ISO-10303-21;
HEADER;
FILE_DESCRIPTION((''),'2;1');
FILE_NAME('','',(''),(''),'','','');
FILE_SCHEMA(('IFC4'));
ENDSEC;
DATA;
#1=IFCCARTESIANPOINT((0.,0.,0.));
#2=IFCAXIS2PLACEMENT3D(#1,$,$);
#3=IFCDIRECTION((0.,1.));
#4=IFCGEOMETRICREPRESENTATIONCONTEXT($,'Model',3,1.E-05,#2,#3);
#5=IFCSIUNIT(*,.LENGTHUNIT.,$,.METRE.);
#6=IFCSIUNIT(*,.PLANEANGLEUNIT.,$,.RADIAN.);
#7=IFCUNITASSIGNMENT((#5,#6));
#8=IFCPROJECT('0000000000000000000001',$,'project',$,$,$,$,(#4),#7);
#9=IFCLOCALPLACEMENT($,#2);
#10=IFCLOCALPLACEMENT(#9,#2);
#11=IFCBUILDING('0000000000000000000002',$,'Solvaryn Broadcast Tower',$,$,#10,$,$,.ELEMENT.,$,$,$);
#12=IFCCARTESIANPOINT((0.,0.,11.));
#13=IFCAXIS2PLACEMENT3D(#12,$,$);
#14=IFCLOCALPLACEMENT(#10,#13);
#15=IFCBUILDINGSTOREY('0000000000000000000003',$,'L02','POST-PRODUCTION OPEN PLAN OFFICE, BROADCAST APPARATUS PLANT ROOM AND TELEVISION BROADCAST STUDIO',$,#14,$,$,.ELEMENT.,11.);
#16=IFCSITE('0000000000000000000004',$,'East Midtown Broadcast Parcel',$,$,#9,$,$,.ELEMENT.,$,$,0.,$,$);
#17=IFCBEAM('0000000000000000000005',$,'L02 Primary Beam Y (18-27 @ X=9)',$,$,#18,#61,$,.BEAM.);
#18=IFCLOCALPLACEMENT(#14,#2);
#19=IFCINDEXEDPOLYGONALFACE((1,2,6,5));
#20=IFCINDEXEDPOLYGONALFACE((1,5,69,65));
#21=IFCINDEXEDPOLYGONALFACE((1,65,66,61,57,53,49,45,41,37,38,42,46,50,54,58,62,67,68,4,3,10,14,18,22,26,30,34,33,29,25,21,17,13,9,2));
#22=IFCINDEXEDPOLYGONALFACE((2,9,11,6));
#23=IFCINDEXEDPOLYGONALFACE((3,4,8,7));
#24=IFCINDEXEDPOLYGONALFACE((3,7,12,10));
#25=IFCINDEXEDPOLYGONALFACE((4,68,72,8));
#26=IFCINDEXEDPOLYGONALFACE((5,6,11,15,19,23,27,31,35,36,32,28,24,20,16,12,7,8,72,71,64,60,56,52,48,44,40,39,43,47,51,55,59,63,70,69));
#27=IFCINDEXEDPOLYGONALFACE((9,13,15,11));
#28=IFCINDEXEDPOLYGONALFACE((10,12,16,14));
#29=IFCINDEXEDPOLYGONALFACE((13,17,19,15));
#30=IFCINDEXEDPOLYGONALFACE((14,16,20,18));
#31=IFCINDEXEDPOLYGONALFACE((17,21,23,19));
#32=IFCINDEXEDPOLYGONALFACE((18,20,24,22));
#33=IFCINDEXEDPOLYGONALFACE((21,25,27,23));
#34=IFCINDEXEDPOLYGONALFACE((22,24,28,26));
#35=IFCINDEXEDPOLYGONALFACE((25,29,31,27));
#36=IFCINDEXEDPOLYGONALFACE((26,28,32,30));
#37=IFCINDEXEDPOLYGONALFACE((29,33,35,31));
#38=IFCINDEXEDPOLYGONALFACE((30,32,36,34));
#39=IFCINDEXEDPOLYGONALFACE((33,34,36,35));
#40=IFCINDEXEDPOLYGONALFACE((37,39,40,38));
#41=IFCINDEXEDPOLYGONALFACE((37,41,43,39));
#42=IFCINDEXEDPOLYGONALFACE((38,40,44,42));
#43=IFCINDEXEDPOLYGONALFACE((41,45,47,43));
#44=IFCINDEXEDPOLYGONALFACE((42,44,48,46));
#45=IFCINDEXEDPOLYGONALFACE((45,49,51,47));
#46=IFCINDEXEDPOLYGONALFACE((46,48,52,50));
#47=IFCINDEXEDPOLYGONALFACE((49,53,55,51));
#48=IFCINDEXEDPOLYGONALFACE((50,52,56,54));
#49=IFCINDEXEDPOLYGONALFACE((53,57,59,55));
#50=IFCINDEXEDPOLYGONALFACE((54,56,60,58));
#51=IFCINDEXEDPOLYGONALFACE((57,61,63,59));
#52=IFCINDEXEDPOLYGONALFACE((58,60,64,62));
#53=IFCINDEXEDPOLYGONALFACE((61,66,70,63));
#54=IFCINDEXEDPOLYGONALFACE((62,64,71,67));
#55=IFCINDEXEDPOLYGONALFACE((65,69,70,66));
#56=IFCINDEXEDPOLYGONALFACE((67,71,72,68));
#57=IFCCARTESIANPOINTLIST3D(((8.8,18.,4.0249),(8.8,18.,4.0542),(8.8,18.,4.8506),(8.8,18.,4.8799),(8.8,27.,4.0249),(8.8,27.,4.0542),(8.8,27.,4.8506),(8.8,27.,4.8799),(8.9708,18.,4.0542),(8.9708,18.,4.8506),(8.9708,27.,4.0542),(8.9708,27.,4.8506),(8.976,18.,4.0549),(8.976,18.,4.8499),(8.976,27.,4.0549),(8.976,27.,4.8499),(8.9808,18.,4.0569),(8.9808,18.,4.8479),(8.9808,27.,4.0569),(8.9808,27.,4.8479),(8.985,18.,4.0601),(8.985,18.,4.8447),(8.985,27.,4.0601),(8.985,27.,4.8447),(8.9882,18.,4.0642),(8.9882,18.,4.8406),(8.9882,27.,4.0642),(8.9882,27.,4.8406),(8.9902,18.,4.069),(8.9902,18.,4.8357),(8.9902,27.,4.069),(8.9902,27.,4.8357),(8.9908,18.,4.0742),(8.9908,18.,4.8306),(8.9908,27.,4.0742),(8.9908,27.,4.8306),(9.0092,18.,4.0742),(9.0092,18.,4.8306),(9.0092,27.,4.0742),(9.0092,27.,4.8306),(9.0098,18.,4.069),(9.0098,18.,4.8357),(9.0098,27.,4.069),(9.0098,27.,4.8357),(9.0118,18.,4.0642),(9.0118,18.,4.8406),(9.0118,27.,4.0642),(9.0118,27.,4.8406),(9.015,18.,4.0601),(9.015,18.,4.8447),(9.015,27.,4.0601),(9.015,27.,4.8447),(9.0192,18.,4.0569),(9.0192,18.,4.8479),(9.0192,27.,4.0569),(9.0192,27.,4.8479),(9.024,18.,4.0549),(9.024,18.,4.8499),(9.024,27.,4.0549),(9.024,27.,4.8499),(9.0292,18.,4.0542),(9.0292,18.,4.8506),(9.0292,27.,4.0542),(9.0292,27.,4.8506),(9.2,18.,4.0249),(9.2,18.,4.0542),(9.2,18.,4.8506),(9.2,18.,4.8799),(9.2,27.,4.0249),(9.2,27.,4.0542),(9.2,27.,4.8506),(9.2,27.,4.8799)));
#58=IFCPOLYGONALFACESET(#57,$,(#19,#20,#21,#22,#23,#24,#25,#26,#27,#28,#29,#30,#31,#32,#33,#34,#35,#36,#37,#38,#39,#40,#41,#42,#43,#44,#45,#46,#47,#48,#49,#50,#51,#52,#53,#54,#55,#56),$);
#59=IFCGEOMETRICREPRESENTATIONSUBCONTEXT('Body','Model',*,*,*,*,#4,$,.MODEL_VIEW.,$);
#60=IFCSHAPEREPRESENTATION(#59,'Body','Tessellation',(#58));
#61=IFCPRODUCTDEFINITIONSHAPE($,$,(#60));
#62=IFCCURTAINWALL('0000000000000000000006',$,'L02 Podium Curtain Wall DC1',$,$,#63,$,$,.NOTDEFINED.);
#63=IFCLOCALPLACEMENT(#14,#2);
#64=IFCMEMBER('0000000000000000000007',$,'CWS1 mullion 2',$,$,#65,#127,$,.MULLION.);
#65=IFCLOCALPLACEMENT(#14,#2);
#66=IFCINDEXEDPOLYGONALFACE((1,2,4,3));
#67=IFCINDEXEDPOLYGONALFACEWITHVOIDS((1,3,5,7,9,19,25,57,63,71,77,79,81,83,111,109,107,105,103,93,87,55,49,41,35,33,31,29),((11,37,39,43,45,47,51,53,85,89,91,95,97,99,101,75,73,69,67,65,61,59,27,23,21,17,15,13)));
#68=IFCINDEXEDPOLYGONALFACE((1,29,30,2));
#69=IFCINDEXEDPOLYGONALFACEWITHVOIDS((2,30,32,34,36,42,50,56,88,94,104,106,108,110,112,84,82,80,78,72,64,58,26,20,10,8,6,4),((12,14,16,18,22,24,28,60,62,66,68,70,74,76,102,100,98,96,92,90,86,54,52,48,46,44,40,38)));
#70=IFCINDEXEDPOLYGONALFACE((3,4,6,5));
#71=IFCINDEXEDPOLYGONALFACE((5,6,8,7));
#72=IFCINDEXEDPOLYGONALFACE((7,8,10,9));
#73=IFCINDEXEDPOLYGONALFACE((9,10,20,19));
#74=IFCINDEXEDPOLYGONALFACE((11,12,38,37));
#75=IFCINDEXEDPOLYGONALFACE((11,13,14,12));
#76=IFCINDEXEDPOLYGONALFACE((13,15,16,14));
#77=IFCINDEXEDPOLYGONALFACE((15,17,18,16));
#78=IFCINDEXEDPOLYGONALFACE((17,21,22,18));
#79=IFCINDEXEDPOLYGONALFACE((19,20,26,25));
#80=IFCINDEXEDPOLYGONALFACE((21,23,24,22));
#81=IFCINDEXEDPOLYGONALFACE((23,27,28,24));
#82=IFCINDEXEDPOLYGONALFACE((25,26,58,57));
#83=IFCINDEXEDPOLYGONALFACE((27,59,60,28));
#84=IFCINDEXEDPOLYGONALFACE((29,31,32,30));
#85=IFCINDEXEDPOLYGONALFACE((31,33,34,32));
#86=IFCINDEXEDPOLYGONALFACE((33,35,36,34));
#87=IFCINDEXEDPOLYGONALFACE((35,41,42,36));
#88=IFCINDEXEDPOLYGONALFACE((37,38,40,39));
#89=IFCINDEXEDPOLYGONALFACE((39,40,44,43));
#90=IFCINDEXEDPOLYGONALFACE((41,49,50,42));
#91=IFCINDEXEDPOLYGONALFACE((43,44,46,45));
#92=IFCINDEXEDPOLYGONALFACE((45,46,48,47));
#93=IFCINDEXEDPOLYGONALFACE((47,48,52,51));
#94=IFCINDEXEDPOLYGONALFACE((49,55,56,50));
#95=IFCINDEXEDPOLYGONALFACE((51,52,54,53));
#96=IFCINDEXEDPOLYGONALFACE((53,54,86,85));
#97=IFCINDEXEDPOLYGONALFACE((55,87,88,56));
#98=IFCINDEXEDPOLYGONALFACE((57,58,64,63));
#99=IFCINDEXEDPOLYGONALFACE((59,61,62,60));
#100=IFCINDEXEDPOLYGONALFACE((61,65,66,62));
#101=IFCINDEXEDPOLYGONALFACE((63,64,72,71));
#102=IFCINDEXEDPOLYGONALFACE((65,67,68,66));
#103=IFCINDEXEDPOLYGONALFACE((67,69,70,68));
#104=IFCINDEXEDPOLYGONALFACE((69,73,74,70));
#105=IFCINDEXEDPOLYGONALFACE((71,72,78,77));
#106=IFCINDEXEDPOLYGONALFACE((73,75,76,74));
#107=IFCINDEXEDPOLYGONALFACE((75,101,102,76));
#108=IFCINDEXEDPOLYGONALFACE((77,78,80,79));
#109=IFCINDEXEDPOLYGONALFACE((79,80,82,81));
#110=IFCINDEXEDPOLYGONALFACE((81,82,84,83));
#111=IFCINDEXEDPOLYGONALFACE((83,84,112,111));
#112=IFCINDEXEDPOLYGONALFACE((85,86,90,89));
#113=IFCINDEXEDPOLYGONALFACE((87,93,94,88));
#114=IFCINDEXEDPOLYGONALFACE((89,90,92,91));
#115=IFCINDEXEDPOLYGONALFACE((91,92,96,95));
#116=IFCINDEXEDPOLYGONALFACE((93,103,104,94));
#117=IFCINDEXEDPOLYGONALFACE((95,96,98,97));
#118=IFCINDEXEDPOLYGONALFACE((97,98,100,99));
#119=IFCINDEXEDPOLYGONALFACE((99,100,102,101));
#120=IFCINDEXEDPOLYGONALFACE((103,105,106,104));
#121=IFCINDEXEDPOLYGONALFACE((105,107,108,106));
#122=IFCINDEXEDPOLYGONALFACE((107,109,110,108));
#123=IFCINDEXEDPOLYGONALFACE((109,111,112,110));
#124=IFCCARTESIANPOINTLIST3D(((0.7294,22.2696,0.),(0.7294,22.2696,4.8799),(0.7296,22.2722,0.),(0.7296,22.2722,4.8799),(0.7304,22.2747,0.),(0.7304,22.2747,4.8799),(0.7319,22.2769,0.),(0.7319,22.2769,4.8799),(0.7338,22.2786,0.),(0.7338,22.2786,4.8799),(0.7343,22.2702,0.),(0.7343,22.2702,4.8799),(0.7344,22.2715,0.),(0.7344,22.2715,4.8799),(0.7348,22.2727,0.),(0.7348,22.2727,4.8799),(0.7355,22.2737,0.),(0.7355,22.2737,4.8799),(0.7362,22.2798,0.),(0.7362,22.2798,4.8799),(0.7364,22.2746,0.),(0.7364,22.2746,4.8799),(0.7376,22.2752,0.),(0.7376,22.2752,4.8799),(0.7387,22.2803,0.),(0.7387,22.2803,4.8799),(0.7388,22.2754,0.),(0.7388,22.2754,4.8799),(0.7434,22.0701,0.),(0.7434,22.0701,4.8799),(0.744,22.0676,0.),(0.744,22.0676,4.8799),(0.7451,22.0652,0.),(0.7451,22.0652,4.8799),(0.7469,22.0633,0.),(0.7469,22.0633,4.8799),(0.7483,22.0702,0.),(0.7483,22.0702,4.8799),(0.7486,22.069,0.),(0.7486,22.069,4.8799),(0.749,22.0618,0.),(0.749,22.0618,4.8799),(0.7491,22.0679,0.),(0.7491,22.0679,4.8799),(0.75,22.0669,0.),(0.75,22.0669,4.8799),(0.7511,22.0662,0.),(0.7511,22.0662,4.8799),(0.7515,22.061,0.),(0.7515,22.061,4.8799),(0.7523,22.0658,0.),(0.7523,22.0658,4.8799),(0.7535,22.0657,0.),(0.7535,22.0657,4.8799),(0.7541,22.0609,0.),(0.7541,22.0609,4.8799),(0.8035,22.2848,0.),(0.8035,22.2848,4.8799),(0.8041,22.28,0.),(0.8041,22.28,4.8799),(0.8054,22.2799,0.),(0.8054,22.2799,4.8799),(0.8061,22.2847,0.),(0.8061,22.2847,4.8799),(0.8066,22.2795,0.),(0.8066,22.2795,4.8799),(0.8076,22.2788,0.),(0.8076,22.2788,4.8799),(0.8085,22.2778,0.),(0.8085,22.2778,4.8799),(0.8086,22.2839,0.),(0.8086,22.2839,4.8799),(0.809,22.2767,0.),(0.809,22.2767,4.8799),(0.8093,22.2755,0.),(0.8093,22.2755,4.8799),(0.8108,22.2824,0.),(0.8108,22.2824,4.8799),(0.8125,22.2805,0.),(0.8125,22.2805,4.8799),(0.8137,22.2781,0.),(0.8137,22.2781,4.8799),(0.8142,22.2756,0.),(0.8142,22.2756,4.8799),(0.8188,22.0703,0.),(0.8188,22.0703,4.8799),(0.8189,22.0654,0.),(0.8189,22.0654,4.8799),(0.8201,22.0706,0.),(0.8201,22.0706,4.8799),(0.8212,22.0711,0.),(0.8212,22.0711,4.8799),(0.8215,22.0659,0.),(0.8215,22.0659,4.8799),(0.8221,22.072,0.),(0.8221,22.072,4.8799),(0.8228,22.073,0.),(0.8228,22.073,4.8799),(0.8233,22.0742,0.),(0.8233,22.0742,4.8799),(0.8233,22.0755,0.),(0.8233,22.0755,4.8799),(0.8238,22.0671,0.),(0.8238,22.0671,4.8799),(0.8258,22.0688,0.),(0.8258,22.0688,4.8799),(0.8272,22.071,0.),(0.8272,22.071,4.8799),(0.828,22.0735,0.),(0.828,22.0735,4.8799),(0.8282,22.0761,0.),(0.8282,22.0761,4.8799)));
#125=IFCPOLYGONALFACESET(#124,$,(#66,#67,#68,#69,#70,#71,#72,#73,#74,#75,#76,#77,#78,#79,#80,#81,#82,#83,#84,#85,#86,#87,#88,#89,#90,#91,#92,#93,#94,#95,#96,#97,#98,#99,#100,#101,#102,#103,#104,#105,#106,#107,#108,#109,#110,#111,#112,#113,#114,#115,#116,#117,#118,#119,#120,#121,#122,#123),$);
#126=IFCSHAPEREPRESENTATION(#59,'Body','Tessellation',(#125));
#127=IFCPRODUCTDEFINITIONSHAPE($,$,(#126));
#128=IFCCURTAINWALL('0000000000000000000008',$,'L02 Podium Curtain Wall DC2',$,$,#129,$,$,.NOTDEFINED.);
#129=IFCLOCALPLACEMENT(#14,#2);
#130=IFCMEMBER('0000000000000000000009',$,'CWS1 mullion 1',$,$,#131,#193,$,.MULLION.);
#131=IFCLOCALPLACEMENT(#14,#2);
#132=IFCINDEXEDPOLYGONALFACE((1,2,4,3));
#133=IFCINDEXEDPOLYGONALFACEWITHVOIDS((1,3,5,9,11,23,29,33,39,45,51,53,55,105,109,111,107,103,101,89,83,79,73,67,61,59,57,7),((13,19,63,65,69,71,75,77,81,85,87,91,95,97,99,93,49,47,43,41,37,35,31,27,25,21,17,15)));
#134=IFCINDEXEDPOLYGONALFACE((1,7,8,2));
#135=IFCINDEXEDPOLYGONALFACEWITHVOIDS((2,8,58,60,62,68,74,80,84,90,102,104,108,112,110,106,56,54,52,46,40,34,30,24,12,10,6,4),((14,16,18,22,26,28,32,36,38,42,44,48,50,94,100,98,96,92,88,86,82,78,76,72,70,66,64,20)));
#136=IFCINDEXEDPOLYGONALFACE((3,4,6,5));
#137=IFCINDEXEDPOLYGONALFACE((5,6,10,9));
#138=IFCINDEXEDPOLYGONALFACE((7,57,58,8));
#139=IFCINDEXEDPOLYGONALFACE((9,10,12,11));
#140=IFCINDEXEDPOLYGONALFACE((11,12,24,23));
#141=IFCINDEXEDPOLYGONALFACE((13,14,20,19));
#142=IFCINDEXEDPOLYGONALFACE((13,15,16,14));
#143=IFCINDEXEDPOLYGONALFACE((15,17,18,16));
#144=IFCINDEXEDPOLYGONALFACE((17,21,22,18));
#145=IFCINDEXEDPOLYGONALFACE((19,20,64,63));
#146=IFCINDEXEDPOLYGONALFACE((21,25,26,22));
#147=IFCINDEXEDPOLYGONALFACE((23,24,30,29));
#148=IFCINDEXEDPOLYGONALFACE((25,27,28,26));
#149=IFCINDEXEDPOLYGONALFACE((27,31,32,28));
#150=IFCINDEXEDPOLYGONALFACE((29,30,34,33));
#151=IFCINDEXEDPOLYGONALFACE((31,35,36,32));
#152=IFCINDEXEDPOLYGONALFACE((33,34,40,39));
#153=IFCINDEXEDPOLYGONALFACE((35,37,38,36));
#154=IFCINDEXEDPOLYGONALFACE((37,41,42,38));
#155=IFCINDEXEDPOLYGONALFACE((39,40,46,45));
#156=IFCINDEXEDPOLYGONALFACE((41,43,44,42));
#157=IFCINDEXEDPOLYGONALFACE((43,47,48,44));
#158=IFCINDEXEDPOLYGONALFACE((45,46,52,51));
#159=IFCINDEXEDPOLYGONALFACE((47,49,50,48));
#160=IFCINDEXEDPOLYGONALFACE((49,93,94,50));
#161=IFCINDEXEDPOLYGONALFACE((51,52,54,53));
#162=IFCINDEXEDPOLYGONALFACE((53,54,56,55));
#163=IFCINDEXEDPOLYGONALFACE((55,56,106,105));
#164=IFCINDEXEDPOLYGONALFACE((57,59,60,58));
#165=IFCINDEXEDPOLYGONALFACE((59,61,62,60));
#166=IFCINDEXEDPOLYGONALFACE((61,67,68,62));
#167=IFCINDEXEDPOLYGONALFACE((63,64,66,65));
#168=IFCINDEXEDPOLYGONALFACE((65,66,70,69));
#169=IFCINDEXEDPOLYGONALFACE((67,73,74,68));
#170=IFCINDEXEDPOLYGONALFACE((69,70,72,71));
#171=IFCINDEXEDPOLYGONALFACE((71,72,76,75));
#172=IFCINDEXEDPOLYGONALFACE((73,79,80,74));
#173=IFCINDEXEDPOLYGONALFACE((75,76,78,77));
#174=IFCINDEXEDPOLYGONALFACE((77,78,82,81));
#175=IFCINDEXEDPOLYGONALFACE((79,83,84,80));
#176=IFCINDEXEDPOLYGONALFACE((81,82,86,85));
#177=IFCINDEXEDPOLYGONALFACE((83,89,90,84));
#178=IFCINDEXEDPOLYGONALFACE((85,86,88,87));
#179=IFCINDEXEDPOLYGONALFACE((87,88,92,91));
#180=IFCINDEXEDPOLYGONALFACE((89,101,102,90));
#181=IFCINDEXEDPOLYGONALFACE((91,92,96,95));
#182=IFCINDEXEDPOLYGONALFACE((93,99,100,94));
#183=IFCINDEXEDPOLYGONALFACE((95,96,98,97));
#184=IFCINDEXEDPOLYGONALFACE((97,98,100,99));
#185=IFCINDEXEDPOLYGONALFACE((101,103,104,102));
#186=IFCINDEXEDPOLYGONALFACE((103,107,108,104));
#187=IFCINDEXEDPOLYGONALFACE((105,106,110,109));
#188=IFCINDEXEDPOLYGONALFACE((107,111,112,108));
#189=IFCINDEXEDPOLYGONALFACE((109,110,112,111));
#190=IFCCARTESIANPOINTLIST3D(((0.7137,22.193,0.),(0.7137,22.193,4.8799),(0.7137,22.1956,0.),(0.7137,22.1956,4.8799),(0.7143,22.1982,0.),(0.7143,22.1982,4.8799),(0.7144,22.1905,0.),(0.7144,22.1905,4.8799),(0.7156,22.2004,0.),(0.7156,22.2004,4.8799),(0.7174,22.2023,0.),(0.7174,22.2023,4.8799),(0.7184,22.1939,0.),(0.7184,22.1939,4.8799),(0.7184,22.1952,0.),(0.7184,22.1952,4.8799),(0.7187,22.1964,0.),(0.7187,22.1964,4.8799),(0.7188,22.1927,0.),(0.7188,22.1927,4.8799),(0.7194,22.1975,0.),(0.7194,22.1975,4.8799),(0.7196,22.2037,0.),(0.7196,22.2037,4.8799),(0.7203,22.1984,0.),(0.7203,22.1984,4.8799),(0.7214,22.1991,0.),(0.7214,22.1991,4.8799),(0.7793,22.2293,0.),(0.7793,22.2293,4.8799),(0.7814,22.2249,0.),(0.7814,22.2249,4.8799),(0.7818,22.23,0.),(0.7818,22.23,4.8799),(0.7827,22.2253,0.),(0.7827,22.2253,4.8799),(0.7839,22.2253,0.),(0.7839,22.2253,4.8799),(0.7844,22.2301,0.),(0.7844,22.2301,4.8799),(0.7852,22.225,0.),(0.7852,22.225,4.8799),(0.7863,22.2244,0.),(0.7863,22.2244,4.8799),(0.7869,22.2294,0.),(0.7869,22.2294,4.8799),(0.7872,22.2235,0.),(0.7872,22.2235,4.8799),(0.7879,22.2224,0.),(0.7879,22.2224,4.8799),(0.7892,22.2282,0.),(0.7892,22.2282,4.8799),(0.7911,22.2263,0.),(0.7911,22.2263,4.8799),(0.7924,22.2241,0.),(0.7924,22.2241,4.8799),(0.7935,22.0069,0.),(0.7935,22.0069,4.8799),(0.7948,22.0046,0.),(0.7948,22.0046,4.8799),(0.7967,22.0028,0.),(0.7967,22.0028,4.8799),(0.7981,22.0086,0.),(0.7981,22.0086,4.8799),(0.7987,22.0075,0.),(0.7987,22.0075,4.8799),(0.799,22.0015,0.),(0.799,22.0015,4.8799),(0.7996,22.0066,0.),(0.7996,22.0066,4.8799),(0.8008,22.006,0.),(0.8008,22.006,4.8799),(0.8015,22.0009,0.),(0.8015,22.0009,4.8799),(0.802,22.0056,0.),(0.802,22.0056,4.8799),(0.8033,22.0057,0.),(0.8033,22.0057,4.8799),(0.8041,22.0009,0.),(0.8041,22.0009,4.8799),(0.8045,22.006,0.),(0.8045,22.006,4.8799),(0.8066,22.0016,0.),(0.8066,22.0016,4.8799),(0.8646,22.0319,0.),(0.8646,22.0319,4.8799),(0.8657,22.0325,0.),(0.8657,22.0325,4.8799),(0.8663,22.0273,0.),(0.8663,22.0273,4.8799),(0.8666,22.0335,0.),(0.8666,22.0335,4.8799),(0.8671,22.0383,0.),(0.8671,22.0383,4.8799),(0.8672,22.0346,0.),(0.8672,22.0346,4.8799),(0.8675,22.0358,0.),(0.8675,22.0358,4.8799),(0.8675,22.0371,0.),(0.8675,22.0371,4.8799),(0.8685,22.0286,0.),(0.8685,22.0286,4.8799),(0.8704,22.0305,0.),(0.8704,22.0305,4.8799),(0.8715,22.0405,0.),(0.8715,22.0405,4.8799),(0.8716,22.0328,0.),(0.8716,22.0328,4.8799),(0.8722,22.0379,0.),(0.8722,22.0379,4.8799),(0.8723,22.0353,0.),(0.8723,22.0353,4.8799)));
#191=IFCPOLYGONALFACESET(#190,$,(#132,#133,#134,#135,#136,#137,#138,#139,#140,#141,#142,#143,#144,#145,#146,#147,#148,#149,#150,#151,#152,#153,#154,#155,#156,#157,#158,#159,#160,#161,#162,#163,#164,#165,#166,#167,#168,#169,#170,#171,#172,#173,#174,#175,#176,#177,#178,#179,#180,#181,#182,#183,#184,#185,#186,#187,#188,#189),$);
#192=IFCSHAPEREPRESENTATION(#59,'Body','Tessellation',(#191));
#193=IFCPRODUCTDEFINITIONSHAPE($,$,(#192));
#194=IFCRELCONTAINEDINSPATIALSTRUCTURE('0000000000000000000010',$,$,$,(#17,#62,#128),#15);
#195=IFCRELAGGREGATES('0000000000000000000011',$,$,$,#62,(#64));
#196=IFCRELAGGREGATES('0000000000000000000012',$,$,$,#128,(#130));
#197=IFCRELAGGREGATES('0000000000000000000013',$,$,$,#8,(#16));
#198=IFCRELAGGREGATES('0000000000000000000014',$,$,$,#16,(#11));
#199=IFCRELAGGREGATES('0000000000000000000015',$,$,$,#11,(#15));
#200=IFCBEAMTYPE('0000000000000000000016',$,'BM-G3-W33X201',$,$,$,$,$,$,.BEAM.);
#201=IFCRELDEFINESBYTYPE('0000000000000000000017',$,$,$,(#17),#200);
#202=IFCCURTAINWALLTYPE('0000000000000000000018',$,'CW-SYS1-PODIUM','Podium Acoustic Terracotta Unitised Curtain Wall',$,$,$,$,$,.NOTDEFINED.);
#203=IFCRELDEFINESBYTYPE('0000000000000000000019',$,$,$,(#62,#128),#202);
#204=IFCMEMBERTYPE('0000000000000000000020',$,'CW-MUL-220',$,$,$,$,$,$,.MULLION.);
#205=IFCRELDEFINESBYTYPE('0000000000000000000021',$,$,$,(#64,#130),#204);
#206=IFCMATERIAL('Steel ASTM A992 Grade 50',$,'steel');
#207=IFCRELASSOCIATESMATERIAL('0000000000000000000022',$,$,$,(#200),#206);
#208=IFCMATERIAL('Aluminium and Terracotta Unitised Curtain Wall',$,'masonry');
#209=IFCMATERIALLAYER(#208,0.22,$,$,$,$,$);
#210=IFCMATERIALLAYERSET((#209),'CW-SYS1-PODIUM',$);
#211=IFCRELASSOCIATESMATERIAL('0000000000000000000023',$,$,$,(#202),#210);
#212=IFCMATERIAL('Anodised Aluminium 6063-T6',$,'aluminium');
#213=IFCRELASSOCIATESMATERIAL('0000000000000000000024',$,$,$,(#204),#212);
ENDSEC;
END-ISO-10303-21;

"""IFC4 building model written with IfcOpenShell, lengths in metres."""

from ifc_helpers import new_model, si_unit, direction, frame, origin, origin_2d, place, context, subcontext, project, spatial, hollow_rectangle, i_section, extrude, material, layer, layer_set, material_profile, profile_set, type_object, element, aggregate, save


model = new_model("IFC4")

# Units and contexts
model_context = context("Model", 3, precision=1e-05, world=origin(), true_north=direction((0.0, 1.0)))
body_context = subcontext(model_context, "Body", "Model", "MODEL_VIEW")
ifc_project = project(units=[si_unit("LENGTHUNIT", "METRE"), si_unit("PLANEANGLEUNIT", "RADIAN")], contexts=[model_context])

# Site, building, storey
site_placement = place(None, origin())
site = spatial("IfcSite", under=ifc_project, at=site_placement, Name="East Midtown Broadcast Parcel", CompositionType="ELEMENT", RefElevation=0.0)
building_placement = place(site_placement, origin())
building = spatial("IfcBuilding", under=site, at=building_placement, Name="Solvaryn Broadcast Tower", CompositionType="ELEMENT")
storey_placement = place(building_placement, frame((0.0, 0.0, 11.0)))
storey = spatial("IfcBuildingStorey", under=building, at=storey_placement, Name="L02", Description="POST-PRODUCTION OPEN PLAN OFFICE, BROADCAST APPARATUS PLANT ROOM AND TELEVISION BROADCAST STUDIO", CompositionType="ELEMENT", Elevation=11.0)

# Beam
ifc_material_1 = material(Name="Steel ASTM A992 Grade 50", Category="steel")
ifc_material_profile_1 = material_profile(ifc_material_1, i_section(OverallWidth=0.3999, OverallDepth=0.855, WebThickness=0.0183, FlangeThickness=0.0293, FilletRadius=0.02, at=origin_2d()))
ifc_profile_set_1 = profile_set([ifc_material_profile_1], Name="Steel ASTM A992 Grade 50")
beam_type_1 = type_object("IfcBeamType", Name="BM-G3-W33X201", PredefinedType="BEAM", material=ifc_profile_set_1)
beam_1_placement = place(storey_placement, frame((9.0, 18.0, 4.4524), z_axis=(0.0, 1.0, 0.0), x_axis=(-1.0, 0.0, 0.0)))
element("IfcBeam", 1, at=beam_1_placement, inside=storey, type_object=beam_type_1, Name="L02 Primary Beam Y (18-27 @ X=9)", PredefinedType="BEAM", context=body_context, shape_type="SweptSolid", body=[
    extrude(i_section(OverallWidth=0.3999, OverallDepth=0.855, WebThickness=0.0183, FlangeThickness=0.0293, FilletRadius=0.02, at=origin_2d()), origin(), (0.0, 0.0, 1.0), 9.0),
])

# Curtain wall, member
ifc_material_2 = material(Name="Aluminium and Terracotta Unitised Curtain Wall", Category="masonry")
ifc_layer_1 = layer(ifc_material_2, 0.22)
ifc_layer_set_1 = layer_set([ifc_layer_1], Name="CW-SYS1-PODIUM")
curtain_wall_type = type_object("IfcCurtainWallType", Name="CW-SYS1-PODIUM", Description="Podium Acoustic Terracotta Unitised Curtain Wall", PredefinedType="NOTDEFINED", material=ifc_layer_set_1)
curtain_wall_1_placement = place(storey_placement, origin())
curtain_wall_1 = element("IfcCurtainWall", 2, at=curtain_wall_1_placement, inside=storey, type_object=curtain_wall_type, Name="L02 Podium Curtain Wall DC1", PredefinedType="NOTDEFINED")
ifc_material_3 = material(Name="Anodised Aluminium 6063-T6", Category="aluminium")
ifc_material_profile_2 = material_profile(ifc_material_3, hollow_rectangle(XDim=0.085, YDim=0.22, WallThickness=0.0049, InnerFilletRadius=0.0049, OuterFilletRadius=0.01, at=origin_2d()))
ifc_profile_set_2 = profile_set([ifc_material_profile_2], Name="Anodised Aluminium 6063-T6")
member_type_1 = type_object("IfcMemberType", Name="CW-MUL-220", PredefinedType="MULLION", material=ifc_profile_set_2)
member_1_placement = place(storey_placement, frame((0.7788, 22.1729, 0.0), z_axis=(0.0, 0.0, 1.0), x_axis=(0.997546, 0.070019, 0.0)))
member_1 = element("IfcMember", 3, at=member_1_placement, type_object=member_type_1, Name="CWS1 mullion 2", PredefinedType="MULLION", context=body_context, shape_type="SweptSolid", body=[
    extrude(hollow_rectangle(XDim=0.085, YDim=0.22, WallThickness=0.0049, InnerFilletRadius=0.0049, OuterFilletRadius=0.01, at=origin_2d()), origin(), (0.0, 0.0, 1.0), 4.8799),
])

# Curtain wall, member
curtain_wall_2_placement = place(storey_placement, origin())
curtain_wall_2 = element("IfcCurtainWall", 4, at=curtain_wall_2_placement, inside=storey, type_object=curtain_wall_type, Name="L02 Podium Curtain Wall DC2", PredefinedType="NOTDEFINED")
member_2_placement = place(storey_placement, frame((0.793, 22.1155, 0.0), z_axis=(0.0, 0.0, 1.0), x_axis=(0.918452, 0.395532, 0.0)))
member_2 = element("IfcMember", 5, at=member_2_placement, type_object=member_type_1, Name="CWS1 mullion 1", PredefinedType="MULLION", context=body_context, shape_type="SweptSolid", body=[
    extrude(hollow_rectangle(XDim=0.085, YDim=0.22, WallThickness=0.0049, InnerFilletRadius=0.0049, OuterFilletRadius=0.01, at=origin_2d()), origin(), (0.0, 0.0, 1.0), 4.8799),
])

aggregate(curtain_wall_1, [member_1])
aggregate(curtain_wall_2, [member_2])

save(model, "model.ifc")
